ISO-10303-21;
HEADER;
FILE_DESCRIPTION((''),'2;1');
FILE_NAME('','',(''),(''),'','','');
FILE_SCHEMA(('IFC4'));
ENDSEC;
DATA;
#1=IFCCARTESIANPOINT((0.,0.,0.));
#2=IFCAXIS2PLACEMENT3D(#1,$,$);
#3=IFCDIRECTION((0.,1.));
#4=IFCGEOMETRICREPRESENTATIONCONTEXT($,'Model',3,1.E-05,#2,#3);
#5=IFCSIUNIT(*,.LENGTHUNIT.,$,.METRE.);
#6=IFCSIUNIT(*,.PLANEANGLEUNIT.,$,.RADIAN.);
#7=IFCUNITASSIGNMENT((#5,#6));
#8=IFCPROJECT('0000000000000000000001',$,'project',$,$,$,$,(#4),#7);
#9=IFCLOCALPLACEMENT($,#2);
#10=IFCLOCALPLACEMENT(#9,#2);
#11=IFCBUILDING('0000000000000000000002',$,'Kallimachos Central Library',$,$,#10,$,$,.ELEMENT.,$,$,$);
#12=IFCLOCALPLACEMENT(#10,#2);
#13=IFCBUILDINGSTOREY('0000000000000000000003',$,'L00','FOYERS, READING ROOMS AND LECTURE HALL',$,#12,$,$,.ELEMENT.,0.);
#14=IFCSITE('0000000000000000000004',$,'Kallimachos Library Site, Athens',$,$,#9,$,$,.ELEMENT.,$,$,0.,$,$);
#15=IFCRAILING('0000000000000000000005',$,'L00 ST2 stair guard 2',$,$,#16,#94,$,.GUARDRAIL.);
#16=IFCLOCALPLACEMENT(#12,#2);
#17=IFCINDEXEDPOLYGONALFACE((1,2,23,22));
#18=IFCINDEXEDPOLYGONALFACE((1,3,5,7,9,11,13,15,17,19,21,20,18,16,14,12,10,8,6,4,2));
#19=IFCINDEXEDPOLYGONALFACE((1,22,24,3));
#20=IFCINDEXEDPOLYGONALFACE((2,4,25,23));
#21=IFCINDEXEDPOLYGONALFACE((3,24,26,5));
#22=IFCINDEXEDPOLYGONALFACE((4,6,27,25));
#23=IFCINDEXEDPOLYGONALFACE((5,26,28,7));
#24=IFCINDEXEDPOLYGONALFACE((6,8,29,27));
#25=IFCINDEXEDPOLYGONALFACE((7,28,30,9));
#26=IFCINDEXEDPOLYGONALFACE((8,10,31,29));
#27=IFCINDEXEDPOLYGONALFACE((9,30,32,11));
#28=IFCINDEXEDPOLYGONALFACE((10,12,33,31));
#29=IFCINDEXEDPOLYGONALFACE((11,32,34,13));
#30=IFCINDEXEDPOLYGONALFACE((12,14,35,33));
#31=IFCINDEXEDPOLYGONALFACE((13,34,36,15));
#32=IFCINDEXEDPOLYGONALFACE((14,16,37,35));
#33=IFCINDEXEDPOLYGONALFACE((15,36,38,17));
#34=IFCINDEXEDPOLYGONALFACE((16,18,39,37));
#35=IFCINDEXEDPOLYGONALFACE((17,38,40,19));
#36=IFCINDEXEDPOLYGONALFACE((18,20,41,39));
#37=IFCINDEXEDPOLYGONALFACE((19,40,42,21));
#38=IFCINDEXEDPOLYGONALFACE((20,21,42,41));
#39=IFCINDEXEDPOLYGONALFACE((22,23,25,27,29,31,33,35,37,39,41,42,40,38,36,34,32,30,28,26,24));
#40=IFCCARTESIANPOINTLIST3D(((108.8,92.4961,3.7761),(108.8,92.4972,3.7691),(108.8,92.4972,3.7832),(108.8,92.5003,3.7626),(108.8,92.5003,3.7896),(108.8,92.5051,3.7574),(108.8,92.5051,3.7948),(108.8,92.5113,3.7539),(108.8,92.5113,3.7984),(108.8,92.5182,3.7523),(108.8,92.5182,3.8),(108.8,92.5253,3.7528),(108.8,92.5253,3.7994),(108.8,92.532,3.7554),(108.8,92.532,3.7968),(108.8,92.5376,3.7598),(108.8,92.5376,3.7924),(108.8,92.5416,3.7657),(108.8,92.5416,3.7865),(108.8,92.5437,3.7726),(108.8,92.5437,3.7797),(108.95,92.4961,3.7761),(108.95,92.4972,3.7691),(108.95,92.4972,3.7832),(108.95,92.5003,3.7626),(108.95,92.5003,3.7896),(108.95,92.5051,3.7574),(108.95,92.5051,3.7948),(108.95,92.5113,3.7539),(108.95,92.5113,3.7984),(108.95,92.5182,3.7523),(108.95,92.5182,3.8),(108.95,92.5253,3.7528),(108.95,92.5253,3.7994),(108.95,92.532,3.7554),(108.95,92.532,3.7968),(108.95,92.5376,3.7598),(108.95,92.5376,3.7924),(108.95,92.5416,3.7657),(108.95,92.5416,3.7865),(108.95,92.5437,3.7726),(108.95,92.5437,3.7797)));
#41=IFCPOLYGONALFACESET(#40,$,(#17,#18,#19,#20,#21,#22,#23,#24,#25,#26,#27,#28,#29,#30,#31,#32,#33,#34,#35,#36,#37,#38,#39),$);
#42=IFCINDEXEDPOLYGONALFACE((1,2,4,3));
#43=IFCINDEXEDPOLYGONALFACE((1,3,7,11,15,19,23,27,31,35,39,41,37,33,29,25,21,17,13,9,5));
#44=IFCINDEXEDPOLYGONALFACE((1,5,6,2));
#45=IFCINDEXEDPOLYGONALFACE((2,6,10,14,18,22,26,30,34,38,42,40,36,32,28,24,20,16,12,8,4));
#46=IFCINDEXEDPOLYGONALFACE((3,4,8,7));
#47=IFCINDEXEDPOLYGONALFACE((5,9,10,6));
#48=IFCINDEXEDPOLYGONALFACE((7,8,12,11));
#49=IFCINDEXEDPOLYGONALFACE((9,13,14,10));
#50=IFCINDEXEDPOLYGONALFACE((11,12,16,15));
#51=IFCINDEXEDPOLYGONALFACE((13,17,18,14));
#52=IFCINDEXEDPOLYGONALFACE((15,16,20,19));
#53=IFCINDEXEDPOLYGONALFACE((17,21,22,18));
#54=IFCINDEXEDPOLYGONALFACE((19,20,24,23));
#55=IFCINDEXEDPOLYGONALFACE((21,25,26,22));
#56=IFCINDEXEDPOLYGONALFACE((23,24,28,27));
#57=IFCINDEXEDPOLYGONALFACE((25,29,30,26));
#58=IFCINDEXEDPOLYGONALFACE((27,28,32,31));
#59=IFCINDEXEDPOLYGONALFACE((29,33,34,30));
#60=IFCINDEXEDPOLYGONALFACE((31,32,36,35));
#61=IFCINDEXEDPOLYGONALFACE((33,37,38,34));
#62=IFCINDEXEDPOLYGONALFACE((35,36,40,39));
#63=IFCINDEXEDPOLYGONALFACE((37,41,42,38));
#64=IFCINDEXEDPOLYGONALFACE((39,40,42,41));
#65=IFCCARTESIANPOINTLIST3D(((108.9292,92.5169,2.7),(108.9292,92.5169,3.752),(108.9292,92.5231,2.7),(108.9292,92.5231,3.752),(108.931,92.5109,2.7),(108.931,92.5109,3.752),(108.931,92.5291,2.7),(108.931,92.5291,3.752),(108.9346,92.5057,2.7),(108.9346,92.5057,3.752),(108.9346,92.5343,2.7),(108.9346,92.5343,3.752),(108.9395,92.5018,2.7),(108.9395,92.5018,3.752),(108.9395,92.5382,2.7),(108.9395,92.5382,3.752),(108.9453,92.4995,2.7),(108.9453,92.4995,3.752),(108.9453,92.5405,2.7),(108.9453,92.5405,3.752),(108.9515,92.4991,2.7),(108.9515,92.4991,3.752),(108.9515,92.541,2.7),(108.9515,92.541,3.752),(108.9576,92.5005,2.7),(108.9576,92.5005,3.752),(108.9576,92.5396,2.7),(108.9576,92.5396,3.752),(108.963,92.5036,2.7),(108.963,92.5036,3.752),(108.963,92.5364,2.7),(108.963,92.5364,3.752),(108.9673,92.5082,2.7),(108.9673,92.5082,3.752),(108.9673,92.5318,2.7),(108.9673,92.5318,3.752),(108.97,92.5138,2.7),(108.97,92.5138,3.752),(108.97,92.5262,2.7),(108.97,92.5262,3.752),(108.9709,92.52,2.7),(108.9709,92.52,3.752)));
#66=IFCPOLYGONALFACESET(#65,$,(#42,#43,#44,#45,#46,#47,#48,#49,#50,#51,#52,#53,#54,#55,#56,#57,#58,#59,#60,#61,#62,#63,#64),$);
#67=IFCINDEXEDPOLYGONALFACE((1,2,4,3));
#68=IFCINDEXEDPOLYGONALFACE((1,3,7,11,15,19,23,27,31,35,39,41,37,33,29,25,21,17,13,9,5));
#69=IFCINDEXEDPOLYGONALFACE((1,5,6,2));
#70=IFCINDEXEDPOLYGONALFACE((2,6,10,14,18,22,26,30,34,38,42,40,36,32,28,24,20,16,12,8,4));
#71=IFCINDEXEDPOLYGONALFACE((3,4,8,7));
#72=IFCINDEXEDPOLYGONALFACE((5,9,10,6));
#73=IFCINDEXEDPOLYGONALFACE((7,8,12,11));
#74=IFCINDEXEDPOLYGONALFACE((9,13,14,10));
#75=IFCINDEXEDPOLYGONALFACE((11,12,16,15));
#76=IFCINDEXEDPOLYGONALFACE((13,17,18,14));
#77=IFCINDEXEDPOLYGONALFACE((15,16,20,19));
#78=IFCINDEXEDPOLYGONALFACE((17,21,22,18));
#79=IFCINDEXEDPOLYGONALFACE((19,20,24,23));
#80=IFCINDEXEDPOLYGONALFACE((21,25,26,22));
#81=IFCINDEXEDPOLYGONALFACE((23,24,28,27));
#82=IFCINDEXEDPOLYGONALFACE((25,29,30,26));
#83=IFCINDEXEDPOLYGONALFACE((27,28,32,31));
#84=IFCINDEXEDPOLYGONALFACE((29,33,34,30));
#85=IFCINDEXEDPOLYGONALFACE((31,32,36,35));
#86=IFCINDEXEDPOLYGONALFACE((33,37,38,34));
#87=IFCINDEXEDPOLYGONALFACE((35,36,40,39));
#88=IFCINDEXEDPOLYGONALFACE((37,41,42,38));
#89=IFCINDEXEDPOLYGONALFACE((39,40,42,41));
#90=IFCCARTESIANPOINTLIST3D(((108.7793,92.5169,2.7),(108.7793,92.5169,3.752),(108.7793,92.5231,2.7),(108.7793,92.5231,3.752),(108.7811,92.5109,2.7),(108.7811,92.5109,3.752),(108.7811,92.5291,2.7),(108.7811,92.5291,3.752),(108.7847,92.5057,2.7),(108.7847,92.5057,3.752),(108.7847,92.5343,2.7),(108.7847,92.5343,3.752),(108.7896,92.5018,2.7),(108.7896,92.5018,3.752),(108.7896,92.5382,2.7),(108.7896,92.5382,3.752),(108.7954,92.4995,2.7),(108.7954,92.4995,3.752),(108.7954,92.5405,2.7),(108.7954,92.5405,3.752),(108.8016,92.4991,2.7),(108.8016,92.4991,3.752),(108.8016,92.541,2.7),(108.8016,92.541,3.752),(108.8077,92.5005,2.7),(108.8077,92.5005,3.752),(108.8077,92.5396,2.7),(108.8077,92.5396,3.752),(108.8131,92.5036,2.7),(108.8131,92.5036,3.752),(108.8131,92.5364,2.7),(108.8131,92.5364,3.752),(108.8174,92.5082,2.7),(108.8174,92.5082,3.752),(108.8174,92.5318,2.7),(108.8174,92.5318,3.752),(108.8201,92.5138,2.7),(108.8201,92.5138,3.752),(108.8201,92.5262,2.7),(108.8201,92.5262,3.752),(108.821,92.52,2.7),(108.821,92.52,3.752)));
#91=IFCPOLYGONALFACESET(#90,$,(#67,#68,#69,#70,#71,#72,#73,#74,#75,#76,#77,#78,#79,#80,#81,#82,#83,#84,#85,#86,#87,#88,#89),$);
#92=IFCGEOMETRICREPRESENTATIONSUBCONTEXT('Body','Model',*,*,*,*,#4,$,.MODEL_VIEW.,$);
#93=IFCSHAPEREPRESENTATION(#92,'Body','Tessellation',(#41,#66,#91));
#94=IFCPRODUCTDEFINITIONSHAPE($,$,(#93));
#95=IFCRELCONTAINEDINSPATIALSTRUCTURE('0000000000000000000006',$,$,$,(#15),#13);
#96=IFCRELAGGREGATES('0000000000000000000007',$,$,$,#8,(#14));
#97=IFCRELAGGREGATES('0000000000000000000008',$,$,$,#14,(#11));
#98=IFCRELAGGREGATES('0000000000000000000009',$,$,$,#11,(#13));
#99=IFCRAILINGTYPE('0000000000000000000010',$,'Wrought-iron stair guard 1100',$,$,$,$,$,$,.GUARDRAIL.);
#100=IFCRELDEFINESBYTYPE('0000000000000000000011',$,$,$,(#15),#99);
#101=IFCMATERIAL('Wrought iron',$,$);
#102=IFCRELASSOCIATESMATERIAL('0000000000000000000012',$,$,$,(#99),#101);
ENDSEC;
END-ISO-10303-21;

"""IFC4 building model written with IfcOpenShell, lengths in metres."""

from ifc_helpers import new_model, si_unit, direction, frame, origin, origin_2d, place, context, subcontext, project, spatial, circle, extrude, material, type_object, element, save


model = new_model("IFC4")

# Units and contexts
model_context = context("Model", 3, precision=1e-05, world=origin(), true_north=direction((0.0, 1.0)))
body_context = subcontext(model_context, "Body", "Model", "MODEL_VIEW")
ifc_project = project(units=[si_unit("LENGTHUNIT", "METRE"), si_unit("PLANEANGLEUNIT", "RADIAN")], contexts=[model_context])

# Site, building, storey
site_placement = place(None, origin())
site = spatial("IfcSite", under=ifc_project, at=site_placement, Name="Kallimachos Library Site, Athens", CompositionType="ELEMENT", RefElevation=0.0)
building_placement = place(site_placement, origin())
building = spatial("IfcBuilding", under=site, at=building_placement, Name="Kallimachos Central Library", CompositionType="ELEMENT")
storey_placement = place(building_placement, origin())
storey = spatial("IfcBuildingStorey", under=building, at=storey_placement, Name="L00", Description="FOYERS, READING ROOMS AND LECTURE HALL", CompositionType="ELEMENT", Elevation=0.0)

# Railing
ifc_material_1 = material(Name="Wrought iron")
railing_type_1 = type_object("IfcRailingType", Name="Wrought-iron stair guard 1100", PredefinedType="GUARDRAIL", material=ifc_material_1)
railing_1_placement = place(storey_placement, frame((108.95, 92.52, 2.7)))
element("IfcRailing", 1, at=railing_1_placement, inside=storey, type_object=railing_type_1, Name="L00 ST2 stair guard 2", PredefinedType="GUARDRAIL", context=body_context, shape_type="SweptSolid", body=[
    extrude(circle(Radius=0.0239, at=origin_2d()), frame((0.0, 0.0, 1.0762), z_axis=(-1.0, 0.0, 0.0), x_axis=(0.0, -1.0, 0.0)), (0.0, 0.0, 1.0), 0.1499),
    extrude(circle(Radius=0.021, at=origin_2d()), origin(), (0.0, 0.0, 1.0), 1.052),
    extrude(circle(Radius=0.021, at=origin_2d()), frame((-0.1499, 0.0, 0.0)), (0.0, 0.0, 1.0), 1.052),
])

save(model, "model.ifc")
